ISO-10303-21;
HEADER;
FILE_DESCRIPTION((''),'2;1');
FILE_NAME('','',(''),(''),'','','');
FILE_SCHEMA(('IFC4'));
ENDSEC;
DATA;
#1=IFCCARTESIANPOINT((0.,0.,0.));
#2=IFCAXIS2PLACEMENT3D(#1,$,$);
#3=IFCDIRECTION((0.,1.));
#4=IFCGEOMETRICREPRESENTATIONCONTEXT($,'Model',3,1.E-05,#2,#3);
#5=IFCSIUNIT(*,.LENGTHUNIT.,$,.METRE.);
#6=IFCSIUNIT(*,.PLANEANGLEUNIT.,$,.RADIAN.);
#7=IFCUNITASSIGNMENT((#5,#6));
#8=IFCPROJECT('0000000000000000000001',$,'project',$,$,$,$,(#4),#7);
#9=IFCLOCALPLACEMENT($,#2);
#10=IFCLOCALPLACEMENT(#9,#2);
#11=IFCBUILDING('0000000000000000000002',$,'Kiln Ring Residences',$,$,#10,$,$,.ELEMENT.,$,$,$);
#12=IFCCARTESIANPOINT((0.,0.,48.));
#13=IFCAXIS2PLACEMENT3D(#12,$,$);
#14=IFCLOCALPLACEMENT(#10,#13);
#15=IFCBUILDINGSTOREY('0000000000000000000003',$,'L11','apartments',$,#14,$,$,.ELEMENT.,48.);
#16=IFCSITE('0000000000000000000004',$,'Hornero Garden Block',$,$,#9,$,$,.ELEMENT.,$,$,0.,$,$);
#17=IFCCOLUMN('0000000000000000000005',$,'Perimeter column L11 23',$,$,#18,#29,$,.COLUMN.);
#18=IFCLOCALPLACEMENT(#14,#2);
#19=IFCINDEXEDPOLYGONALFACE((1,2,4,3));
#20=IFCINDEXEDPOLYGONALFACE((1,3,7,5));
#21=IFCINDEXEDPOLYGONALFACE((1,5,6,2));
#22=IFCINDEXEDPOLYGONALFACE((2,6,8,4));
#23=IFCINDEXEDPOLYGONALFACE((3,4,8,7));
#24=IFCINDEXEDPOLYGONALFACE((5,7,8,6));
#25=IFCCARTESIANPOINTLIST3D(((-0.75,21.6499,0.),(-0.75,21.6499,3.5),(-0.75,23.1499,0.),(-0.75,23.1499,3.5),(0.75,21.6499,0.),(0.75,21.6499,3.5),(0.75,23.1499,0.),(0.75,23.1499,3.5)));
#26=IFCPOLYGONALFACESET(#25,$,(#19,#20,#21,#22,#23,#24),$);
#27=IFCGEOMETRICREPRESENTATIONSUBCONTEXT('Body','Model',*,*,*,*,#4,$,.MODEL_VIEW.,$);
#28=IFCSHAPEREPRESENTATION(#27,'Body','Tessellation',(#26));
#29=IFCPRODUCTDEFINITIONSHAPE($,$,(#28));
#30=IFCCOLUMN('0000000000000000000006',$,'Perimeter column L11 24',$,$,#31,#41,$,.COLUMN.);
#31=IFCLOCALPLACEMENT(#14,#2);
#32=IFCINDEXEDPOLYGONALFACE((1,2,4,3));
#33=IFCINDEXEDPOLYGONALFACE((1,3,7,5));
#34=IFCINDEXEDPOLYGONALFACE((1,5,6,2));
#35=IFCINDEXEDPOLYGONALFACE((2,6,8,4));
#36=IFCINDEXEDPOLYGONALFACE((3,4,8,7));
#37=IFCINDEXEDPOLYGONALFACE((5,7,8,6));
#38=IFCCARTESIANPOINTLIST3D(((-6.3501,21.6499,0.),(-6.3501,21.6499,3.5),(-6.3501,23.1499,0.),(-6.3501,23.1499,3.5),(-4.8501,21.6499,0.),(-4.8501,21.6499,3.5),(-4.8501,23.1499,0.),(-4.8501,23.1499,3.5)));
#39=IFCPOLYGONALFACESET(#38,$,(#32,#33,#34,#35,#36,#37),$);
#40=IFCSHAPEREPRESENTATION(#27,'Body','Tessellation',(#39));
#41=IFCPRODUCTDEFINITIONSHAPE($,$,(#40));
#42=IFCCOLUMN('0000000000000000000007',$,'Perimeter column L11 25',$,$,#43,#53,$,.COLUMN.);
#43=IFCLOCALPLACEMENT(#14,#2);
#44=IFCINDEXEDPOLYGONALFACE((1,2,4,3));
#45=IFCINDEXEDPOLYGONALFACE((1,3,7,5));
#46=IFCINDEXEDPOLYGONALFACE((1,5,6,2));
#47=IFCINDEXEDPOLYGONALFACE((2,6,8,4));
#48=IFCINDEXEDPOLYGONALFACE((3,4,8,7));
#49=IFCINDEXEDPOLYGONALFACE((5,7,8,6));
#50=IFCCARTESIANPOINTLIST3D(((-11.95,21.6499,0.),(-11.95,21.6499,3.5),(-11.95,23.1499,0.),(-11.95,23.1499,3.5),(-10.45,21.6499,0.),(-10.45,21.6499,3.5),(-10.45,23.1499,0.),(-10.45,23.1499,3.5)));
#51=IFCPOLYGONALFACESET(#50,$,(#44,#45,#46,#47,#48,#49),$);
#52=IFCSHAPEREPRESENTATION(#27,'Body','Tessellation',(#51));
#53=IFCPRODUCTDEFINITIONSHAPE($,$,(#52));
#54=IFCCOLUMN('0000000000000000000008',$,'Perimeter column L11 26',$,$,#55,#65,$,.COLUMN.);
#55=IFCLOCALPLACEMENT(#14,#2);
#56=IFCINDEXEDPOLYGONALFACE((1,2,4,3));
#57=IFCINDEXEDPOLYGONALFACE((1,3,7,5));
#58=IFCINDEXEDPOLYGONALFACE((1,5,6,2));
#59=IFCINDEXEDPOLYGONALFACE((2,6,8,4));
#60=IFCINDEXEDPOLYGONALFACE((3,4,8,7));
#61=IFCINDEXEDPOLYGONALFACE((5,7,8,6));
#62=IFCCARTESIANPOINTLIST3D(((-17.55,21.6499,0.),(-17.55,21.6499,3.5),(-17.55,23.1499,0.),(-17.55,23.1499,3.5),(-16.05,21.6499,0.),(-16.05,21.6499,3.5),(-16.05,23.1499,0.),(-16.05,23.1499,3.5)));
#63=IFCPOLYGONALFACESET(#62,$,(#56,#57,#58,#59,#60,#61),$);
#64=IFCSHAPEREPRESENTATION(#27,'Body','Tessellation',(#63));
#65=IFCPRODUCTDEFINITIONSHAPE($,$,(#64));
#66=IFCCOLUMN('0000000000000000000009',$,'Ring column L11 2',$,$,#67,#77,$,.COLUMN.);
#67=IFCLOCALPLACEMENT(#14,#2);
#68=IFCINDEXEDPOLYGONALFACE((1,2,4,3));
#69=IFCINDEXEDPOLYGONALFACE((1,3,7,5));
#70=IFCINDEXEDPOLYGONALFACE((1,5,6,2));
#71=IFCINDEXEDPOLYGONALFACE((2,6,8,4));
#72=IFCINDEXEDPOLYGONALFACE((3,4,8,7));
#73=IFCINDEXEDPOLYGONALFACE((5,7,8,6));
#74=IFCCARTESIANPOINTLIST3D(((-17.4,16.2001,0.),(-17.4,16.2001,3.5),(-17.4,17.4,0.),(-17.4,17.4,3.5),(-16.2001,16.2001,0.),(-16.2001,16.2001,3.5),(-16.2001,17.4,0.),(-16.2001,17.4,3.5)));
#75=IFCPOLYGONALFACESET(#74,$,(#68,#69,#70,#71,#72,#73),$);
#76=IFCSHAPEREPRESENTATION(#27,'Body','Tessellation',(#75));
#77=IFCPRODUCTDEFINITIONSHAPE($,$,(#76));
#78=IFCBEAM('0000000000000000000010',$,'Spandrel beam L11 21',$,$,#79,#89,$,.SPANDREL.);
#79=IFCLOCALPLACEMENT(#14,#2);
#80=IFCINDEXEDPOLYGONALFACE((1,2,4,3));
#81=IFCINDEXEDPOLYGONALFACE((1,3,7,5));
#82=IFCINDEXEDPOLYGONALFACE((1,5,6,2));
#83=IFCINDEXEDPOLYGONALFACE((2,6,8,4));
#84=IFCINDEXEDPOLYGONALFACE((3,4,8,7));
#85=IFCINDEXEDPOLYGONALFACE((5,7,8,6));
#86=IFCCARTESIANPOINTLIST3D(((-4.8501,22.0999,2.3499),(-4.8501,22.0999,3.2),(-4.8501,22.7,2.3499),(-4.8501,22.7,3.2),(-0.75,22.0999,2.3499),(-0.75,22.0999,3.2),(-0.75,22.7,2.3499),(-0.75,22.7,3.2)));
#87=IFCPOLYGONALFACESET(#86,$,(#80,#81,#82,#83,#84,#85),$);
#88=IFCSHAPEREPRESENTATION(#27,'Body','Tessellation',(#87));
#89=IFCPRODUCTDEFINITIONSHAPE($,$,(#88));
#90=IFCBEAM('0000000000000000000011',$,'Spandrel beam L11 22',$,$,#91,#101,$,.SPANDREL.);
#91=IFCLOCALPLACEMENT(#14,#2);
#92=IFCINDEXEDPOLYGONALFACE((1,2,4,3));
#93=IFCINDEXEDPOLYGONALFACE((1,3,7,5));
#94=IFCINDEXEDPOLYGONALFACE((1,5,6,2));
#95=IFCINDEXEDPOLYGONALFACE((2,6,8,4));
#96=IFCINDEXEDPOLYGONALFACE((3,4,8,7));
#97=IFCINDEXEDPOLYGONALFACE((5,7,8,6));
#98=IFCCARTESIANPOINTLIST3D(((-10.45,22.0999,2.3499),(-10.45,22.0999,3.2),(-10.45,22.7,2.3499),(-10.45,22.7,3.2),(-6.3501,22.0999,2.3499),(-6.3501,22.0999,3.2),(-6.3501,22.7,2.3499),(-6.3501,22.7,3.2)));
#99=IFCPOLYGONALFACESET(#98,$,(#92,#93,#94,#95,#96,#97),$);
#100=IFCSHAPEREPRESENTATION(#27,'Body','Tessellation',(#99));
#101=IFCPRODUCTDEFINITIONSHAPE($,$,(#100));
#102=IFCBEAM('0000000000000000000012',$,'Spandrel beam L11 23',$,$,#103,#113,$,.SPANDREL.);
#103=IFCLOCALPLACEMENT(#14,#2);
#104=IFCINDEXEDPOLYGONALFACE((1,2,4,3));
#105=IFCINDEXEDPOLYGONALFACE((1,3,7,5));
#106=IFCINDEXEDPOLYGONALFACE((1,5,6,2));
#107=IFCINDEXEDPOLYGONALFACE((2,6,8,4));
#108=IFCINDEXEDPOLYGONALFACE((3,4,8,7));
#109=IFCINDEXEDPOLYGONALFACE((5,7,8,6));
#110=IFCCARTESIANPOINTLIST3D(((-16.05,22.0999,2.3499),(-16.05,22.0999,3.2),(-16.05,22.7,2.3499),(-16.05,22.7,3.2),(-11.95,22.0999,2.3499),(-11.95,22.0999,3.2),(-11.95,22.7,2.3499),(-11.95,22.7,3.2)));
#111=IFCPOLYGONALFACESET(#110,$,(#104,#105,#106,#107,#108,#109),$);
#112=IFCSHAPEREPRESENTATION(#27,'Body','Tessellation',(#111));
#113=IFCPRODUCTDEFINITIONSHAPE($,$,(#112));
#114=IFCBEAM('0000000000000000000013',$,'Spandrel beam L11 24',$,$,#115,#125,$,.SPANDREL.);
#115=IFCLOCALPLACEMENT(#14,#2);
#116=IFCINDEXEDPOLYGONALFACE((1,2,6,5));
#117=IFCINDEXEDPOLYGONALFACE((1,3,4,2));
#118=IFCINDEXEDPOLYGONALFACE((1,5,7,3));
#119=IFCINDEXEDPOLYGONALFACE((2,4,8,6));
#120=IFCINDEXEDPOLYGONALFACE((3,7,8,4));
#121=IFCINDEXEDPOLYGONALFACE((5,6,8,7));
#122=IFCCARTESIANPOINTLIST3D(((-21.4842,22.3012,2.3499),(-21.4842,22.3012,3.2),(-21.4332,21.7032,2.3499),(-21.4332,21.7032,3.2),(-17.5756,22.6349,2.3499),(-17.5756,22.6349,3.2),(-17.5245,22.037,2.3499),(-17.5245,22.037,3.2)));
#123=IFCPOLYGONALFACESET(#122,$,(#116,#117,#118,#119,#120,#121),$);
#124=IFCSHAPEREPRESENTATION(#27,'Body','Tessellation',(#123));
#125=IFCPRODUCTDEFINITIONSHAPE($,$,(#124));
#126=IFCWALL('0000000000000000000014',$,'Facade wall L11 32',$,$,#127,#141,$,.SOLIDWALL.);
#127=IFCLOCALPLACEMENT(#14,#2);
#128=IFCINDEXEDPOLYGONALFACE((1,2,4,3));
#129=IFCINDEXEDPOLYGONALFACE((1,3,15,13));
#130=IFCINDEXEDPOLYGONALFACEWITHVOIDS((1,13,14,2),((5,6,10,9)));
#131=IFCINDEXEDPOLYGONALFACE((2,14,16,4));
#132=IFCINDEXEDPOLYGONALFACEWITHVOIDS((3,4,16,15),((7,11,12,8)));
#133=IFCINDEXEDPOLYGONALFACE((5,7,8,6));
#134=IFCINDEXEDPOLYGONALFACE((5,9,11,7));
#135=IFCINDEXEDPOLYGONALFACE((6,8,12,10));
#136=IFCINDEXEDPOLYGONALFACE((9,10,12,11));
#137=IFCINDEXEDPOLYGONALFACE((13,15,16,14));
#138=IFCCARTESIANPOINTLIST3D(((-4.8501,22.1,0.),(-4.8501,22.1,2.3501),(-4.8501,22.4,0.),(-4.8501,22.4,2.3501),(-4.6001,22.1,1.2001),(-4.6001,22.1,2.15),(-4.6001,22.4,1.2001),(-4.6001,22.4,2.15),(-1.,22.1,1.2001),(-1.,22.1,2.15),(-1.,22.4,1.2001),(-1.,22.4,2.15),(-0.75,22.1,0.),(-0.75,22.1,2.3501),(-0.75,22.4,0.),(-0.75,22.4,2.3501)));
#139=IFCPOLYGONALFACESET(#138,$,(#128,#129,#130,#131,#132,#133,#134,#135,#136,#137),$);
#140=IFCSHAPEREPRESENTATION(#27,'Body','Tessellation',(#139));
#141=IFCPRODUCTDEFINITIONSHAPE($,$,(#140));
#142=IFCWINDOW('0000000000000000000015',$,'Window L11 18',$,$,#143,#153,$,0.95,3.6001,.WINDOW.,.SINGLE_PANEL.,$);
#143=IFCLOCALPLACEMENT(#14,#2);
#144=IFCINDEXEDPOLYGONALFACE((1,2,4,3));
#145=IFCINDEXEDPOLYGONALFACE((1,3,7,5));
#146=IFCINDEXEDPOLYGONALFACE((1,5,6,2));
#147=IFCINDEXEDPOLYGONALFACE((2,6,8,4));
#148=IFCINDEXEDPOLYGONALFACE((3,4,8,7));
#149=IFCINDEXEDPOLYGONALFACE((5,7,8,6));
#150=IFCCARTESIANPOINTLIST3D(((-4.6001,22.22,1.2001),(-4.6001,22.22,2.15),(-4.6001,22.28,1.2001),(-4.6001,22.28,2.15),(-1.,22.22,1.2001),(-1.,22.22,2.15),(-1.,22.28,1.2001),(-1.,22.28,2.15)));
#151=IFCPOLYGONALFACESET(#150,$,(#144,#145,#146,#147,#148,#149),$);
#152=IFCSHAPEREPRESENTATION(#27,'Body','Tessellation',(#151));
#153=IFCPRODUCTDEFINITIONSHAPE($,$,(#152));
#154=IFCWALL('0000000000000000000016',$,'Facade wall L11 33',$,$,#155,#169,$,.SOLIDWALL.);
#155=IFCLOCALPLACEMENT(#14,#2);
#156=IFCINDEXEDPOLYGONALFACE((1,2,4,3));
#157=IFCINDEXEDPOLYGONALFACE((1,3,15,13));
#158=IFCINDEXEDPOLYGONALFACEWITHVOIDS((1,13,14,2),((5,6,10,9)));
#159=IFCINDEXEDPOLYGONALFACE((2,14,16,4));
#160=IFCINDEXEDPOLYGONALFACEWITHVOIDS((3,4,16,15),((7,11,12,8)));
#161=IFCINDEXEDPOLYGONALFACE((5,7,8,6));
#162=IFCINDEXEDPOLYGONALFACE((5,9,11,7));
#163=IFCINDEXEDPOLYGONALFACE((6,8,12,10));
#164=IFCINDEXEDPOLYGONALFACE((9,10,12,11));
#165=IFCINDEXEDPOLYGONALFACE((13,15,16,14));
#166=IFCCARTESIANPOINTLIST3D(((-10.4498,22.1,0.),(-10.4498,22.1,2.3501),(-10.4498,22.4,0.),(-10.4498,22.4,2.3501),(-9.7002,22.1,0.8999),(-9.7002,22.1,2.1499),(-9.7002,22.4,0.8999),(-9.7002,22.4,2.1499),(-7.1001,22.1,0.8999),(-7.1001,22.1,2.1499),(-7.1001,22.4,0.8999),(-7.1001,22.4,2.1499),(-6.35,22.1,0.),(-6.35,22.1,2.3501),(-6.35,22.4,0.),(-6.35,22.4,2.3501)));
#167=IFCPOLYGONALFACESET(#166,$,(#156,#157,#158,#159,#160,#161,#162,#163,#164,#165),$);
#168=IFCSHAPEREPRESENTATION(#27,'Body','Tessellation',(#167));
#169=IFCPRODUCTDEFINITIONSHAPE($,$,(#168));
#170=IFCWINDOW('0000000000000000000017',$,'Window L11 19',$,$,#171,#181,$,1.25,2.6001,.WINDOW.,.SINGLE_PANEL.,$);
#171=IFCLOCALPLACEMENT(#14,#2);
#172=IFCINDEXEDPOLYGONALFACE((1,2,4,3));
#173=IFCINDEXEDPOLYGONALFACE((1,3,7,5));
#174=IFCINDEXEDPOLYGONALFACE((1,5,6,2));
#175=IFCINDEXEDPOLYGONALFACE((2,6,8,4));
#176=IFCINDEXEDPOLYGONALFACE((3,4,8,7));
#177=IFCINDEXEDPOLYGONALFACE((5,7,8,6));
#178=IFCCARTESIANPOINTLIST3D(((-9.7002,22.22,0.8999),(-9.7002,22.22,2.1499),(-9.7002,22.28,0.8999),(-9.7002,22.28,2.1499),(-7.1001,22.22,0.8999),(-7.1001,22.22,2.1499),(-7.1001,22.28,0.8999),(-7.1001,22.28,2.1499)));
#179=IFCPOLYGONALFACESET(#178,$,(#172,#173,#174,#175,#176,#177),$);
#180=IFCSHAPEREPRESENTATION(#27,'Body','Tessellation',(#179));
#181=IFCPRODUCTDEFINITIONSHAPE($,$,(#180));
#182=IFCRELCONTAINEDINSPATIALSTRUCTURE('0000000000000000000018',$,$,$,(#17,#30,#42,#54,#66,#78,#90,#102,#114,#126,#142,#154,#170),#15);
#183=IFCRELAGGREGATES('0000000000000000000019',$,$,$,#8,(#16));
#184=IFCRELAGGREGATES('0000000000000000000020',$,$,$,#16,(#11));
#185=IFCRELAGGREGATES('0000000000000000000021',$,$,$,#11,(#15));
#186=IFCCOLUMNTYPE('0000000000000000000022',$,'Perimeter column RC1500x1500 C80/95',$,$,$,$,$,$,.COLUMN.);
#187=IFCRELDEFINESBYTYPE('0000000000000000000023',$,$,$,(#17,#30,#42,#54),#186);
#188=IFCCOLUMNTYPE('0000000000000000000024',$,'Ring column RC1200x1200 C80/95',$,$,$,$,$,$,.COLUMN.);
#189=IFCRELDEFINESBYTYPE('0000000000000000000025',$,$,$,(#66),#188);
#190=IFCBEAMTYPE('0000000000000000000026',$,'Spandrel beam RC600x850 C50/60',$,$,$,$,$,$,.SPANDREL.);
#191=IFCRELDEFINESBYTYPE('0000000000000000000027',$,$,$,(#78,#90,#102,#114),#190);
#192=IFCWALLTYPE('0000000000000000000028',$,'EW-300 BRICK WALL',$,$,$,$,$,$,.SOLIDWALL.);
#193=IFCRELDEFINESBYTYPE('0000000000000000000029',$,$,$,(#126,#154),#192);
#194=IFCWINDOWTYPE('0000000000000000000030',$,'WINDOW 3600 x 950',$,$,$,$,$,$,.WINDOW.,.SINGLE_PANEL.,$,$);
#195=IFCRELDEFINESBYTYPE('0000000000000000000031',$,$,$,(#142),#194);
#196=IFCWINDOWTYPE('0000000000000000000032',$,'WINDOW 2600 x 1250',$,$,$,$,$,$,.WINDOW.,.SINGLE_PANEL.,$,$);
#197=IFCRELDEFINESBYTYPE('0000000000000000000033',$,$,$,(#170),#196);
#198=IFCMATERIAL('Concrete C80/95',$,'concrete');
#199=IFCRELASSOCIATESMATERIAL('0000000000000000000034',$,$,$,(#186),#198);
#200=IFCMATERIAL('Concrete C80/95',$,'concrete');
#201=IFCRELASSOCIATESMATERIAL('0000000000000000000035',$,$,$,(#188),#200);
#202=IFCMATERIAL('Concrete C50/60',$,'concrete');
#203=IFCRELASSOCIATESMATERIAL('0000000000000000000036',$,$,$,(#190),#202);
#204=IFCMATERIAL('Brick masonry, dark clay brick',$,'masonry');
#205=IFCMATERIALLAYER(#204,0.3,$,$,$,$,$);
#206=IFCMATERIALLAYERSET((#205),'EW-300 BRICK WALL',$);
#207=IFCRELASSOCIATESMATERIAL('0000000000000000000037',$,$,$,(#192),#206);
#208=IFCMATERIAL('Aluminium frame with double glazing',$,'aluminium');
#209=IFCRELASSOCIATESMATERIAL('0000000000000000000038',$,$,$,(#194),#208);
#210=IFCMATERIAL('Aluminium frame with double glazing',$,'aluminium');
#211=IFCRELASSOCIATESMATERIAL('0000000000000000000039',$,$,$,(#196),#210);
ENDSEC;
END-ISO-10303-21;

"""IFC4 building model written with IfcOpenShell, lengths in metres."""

from ifc_helpers import new_model, si_unit, direction, frame, frame_2d, origin, origin_2d, place, context, subcontext, project, spatial, rectangle, extrude, material, layer, layer_set, material_profile, profile_set, type_object, element, fill, save


model = new_model("IFC4")

# Units and contexts
model_context = context("Model", 3, precision=1e-05, world=origin(), true_north=direction((0.0, 1.0)))
body_context = subcontext(model_context, "Body", "Model", "MODEL_VIEW")
ifc_project = project(units=[si_unit("LENGTHUNIT", "METRE"), si_unit("PLANEANGLEUNIT", "RADIAN")], contexts=[model_context])

# Site, building, storey
site_placement = place(None, origin())
site = spatial("IfcSite", under=ifc_project, at=site_placement, Name="Hornero Garden Block", CompositionType="ELEMENT", RefElevation=0.0)
building_placement = place(site_placement, origin())
building = spatial("IfcBuilding", under=site, at=building_placement, Name="Kiln Ring Residences", CompositionType="ELEMENT")
storey_placement = place(building_placement, frame((0.0, 0.0, 48.0)))
storey = spatial("IfcBuildingStorey", under=building, at=storey_placement, Name="L11", Description="apartments", CompositionType="ELEMENT", Elevation=48.0)

# Columns
ifc_material_1 = material(Name="Concrete C80/95", Category="concrete")
ifc_material_profile_1 = material_profile(ifc_material_1, rectangle(XDim=1.5, YDim=1.5, at=origin_2d()), Name="RC1500x1500")
ifc_profile_set_1 = profile_set([ifc_material_profile_1], Name="Concrete C80/95")
column_type_1 = type_object("IfcColumnType", Name="Perimeter column RC1500x1500 C80/95", PredefinedType="COLUMN", material=ifc_profile_set_1)
for number, where, z_axis, x_axis, name in (
    (1, (0.0, 22.3999, 0.0), (0.0, 0.0, 1.0), (1.0, 0.0, 0.0), "Perimeter column L11 23"),
    (2, (-5.6001, 22.3999, 0.0), (0.0, 0.0, 1.0), (1.0, 0.0, 0.0), "Perimeter column L11 24"),
    (3, (-11.2, 22.3999, 0.0), (0.0, 0.0, 1.0), (1.0, 0.0, 0.0), "Perimeter column L11 25"),
    (4, (-16.8, 22.3999, 0.0), (0.0, 0.0, 1.0), (1.0, 0.0, 0.0), "Perimeter column L11 26"),
):
    element("IfcColumn", number, at=place(storey_placement, frame(where, z_axis=z_axis, x_axis=x_axis)), inside=storey, type_object=column_type_1, Name=name, PredefinedType="COLUMN", context=body_context, shape_type="SweptSolid", body=[
        extrude(rectangle(XDim=1.5, YDim=1.5, at=origin_2d()), origin(), (0.0, 0.0, 1.0), 3.5),
    ])
ifc_material_2 = material(Name="Concrete C80/95", Category="concrete")
ifc_material_profile_2 = material_profile(ifc_material_2, rectangle(XDim=1.2, YDim=1.2, at=origin_2d()), Name="RC1200x1200")
ifc_profile_set_2 = profile_set([ifc_material_profile_2], Name="Concrete C80/95")
column_type_2 = type_object("IfcColumnType", Name="Ring column RC1200x1200 C80/95", PredefinedType="COLUMN", material=ifc_profile_set_2)
column_placement = place(storey_placement, frame((-16.8, 16.8, 0.0), z_axis=(0.0, 0.0, 1.0), x_axis=(1.0, 0.0, 0.0)))
element("IfcColumn", 5, at=column_placement, inside=storey, type_object=column_type_2, Name="Ring column L11 2", PredefinedType="COLUMN", context=body_context, shape_type="SweptSolid", body=[
    extrude(rectangle(XDim=1.2, YDim=1.2, at=origin_2d()), origin(), (0.0, 0.0, 1.0), 3.5),
])

# Beams
ifc_material_3 = material(Name="Concrete C50/60", Category="concrete")
ifc_material_profile_3 = material_profile(ifc_material_3, rectangle(XDim=0.6001, YDim=0.8501, at=origin_2d()), Name="RC600x850")
ifc_profile_set_3 = profile_set([ifc_material_profile_3], Name="Concrete C50/60")
beam_type = type_object("IfcBeamType", Name="Spandrel beam RC600x850 C50/60", PredefinedType="SPANDREL", material=ifc_profile_set_3)
beam_1_placement = place(storey_placement, frame((-0.75, 22.3999, 2.7749), z_axis=(-1.0, 0.0, 0.0), x_axis=(0.0, -1.0, 0.0)))
element("IfcBeam", 6, at=beam_1_placement, inside=storey, type_object=beam_type, Name="Spandrel beam L11 21", PredefinedType="SPANDREL", context=body_context, shape_type="SweptSolid", body=[
    extrude(rectangle(XDim=0.6001, YDim=0.8501, at=origin_2d()), origin(), (0.0, 0.0, 1.0), 4.1001),
])
beam_2_placement = place(storey_placement, frame((-6.3501, 22.3999, 2.7749), z_axis=(-1.0, 0.0, 0.0), x_axis=(0.0, -1.0, 0.0)))
element("IfcBeam", 7, at=beam_2_placement, inside=storey, type_object=beam_type, Name="Spandrel beam L11 22", PredefinedType="SPANDREL", context=body_context, shape_type="SweptSolid", body=[
    extrude(rectangle(XDim=0.6001, YDim=0.8501, at=origin_2d()), origin(), (0.0, 0.0, 1.0), 4.0999),
])
beam_3_placement = place(storey_placement, frame((-11.95, 22.3999, 2.7749), z_axis=(-1.0, 0.0, 0.0), x_axis=(0.0, -1.0, 0.0)))
element("IfcBeam", 8, at=beam_3_placement, inside=storey, type_object=beam_type, Name="Spandrel beam L11 23", PredefinedType="SPANDREL", context=body_context, shape_type="SweptSolid", body=[
    extrude(rectangle(XDim=0.6001, YDim=0.8501, at=origin_2d()), origin(), (0.0, 0.0, 1.0), 4.1001),
])
beam_4_placement = place(storey_placement, frame((-17.55, 22.3359, 2.7749), z_axis=(-0.996375, -0.085075, 0.0), x_axis=(0.085075, -0.996375, 0.0)))
element("IfcBeam", 9, at=beam_4_placement, inside=storey, type_object=beam_type, Name="Spandrel beam L11 24", PredefinedType="SPANDREL", context=body_context, shape_type="SweptSolid", body=[
    extrude(rectangle(XDim=0.6001, YDim=0.8501, at=origin_2d()), origin(), (0.0, 0.0, 1.0), 3.9229),
])

# Walls, openings, windows
ifc_material_4 = material(Name="Brick masonry, dark clay brick", Category="masonry")
ifc_layer_1 = layer(ifc_material_4, 0.3)
ifc_layer_set_1 = layer_set([ifc_layer_1], Name="EW-300 BRICK WALL")
wall_type_1 = type_object("IfcWallType", Name="EW-300 BRICK WALL", PredefinedType="SOLIDWALL", material=ifc_layer_set_1)
wall_1_placement = place(storey_placement, frame((-0.75, 22.25, 0.0), z_axis=(0.0, 0.0, 1.0), x_axis=(-1.0, 0.0, 0.0)))
wall_1 = element("IfcWall", 10, at=wall_1_placement, inside=storey, type_object=wall_type_1, Name="Facade wall L11 32", PredefinedType="SOLIDWALL", context=body_context, shape_type="SweptSolid", body=[
    extrude(rectangle(XDim=4.1001, YDim=0.3, at=frame_2d((2.05, 0.0))), origin(), (0.0, 0.0, 1.0), 2.3501),
])
opening_1_placement = place(wall_1_placement, frame((0.25, 0.0, 1.2)))
opening_1 = element("IfcOpeningElement", 11, at=opening_1_placement, cuts=wall_1, PredefinedType="OPENING", context=body_context, shape_type="SweptSolid", body=[
    extrude(rectangle(XDim=3.6001, YDim=0.95, at=frame_2d((1.8, 0.4751))), frame((0.0, 0.1599, 0.0), z_axis=(0.0, -1.0, 0.0), x_axis=(1.0, 0.0, 0.0)), (0.0, 0.0, 1.0), 0.3201),
])
ifc_material_5 = material(Name="Aluminium frame with double glazing", Category="aluminium")
window_type_1 = type_object("IfcWindowType", Name="WINDOW 3600 x 950", PartitioningType="SINGLE_PANEL", PredefinedType="WINDOW", material=ifc_material_5)
window_1_placement = place(opening_1_placement, origin())
window_1 = element("IfcWindow", 12, at=window_1_placement, inside=storey, type_object=window_type_1, Name="Window L11 18", OverallHeight=0.95, OverallWidth=3.6001, PartitioningType="SINGLE_PANEL", PredefinedType="WINDOW", context=body_context, shape_type="SweptSolid", body=[
    extrude(rectangle(XDim=3.6001, YDim=0.95, at=frame_2d((1.8, 0.4751))), frame((0.0, 0.03, 0.0), z_axis=(0.0, -1.0, 0.0), x_axis=(1.0, 0.0, 0.0)), (0.0, 0.0, 1.0), 0.0601),
])
fill(opening_1, window_1)
wall_2_placement = place(storey_placement, frame((-6.3501, 22.25, 0.0), z_axis=(0.0, 0.0, 1.0), x_axis=(-1.0, 0.0, 0.0)))
wall_2 = element("IfcWall", 13, at=wall_2_placement, inside=storey, type_object=wall_type_1, Name="Facade wall L11 33", PredefinedType="SOLIDWALL", context=body_context, shape_type="SweptSolid", body=[
    extrude(rectangle(XDim=4.0999, YDim=0.3, at=frame_2d((2.0498, 0.0))), origin(), (0.0, 0.0, 1.0), 2.3501),
])
opening_2_placement = place(wall_2_placement, frame((0.75, 0.0, 0.8999)))
opening_2 = element("IfcOpeningElement", 14, at=opening_2_placement, cuts=wall_2, PredefinedType="OPENING", context=body_context, shape_type="SweptSolid", body=[
    extrude(rectangle(XDim=2.6001, YDim=1.25, at=frame_2d((1.3, 0.625))), frame((0.0, 0.1599, 0.0), z_axis=(0.0, -1.0, 0.0), x_axis=(1.0, 0.0, 0.0)), (0.0, 0.0, 1.0), 0.3201),
])
ifc_material_6 = material(Name="Aluminium frame with double glazing", Category="aluminium")
window_type_2 = type_object("IfcWindowType", Name="WINDOW 2600 x 1250", PartitioningType="SINGLE_PANEL", PredefinedType="WINDOW", material=ifc_material_6)
window_2_placement = place(opening_2_placement, origin())
window_2 = element("IfcWindow", 15, at=window_2_placement, inside=storey, type_object=window_type_2, Name="Window L11 19", OverallHeight=1.25, OverallWidth=2.6001, PartitioningType="SINGLE_PANEL", PredefinedType="WINDOW", context=body_context, shape_type="SweptSolid", body=[
    extrude(rectangle(XDim=2.6001, YDim=1.25, at=frame_2d((1.3, 0.625))), frame((0.0, 0.03, 0.0), z_axis=(0.0, -1.0, 0.0), x_axis=(1.0, 0.0, 0.0)), (0.0, 0.0, 1.0), 0.0601),
])
fill(opening_2, window_2)

save(model, "model.ifc")
